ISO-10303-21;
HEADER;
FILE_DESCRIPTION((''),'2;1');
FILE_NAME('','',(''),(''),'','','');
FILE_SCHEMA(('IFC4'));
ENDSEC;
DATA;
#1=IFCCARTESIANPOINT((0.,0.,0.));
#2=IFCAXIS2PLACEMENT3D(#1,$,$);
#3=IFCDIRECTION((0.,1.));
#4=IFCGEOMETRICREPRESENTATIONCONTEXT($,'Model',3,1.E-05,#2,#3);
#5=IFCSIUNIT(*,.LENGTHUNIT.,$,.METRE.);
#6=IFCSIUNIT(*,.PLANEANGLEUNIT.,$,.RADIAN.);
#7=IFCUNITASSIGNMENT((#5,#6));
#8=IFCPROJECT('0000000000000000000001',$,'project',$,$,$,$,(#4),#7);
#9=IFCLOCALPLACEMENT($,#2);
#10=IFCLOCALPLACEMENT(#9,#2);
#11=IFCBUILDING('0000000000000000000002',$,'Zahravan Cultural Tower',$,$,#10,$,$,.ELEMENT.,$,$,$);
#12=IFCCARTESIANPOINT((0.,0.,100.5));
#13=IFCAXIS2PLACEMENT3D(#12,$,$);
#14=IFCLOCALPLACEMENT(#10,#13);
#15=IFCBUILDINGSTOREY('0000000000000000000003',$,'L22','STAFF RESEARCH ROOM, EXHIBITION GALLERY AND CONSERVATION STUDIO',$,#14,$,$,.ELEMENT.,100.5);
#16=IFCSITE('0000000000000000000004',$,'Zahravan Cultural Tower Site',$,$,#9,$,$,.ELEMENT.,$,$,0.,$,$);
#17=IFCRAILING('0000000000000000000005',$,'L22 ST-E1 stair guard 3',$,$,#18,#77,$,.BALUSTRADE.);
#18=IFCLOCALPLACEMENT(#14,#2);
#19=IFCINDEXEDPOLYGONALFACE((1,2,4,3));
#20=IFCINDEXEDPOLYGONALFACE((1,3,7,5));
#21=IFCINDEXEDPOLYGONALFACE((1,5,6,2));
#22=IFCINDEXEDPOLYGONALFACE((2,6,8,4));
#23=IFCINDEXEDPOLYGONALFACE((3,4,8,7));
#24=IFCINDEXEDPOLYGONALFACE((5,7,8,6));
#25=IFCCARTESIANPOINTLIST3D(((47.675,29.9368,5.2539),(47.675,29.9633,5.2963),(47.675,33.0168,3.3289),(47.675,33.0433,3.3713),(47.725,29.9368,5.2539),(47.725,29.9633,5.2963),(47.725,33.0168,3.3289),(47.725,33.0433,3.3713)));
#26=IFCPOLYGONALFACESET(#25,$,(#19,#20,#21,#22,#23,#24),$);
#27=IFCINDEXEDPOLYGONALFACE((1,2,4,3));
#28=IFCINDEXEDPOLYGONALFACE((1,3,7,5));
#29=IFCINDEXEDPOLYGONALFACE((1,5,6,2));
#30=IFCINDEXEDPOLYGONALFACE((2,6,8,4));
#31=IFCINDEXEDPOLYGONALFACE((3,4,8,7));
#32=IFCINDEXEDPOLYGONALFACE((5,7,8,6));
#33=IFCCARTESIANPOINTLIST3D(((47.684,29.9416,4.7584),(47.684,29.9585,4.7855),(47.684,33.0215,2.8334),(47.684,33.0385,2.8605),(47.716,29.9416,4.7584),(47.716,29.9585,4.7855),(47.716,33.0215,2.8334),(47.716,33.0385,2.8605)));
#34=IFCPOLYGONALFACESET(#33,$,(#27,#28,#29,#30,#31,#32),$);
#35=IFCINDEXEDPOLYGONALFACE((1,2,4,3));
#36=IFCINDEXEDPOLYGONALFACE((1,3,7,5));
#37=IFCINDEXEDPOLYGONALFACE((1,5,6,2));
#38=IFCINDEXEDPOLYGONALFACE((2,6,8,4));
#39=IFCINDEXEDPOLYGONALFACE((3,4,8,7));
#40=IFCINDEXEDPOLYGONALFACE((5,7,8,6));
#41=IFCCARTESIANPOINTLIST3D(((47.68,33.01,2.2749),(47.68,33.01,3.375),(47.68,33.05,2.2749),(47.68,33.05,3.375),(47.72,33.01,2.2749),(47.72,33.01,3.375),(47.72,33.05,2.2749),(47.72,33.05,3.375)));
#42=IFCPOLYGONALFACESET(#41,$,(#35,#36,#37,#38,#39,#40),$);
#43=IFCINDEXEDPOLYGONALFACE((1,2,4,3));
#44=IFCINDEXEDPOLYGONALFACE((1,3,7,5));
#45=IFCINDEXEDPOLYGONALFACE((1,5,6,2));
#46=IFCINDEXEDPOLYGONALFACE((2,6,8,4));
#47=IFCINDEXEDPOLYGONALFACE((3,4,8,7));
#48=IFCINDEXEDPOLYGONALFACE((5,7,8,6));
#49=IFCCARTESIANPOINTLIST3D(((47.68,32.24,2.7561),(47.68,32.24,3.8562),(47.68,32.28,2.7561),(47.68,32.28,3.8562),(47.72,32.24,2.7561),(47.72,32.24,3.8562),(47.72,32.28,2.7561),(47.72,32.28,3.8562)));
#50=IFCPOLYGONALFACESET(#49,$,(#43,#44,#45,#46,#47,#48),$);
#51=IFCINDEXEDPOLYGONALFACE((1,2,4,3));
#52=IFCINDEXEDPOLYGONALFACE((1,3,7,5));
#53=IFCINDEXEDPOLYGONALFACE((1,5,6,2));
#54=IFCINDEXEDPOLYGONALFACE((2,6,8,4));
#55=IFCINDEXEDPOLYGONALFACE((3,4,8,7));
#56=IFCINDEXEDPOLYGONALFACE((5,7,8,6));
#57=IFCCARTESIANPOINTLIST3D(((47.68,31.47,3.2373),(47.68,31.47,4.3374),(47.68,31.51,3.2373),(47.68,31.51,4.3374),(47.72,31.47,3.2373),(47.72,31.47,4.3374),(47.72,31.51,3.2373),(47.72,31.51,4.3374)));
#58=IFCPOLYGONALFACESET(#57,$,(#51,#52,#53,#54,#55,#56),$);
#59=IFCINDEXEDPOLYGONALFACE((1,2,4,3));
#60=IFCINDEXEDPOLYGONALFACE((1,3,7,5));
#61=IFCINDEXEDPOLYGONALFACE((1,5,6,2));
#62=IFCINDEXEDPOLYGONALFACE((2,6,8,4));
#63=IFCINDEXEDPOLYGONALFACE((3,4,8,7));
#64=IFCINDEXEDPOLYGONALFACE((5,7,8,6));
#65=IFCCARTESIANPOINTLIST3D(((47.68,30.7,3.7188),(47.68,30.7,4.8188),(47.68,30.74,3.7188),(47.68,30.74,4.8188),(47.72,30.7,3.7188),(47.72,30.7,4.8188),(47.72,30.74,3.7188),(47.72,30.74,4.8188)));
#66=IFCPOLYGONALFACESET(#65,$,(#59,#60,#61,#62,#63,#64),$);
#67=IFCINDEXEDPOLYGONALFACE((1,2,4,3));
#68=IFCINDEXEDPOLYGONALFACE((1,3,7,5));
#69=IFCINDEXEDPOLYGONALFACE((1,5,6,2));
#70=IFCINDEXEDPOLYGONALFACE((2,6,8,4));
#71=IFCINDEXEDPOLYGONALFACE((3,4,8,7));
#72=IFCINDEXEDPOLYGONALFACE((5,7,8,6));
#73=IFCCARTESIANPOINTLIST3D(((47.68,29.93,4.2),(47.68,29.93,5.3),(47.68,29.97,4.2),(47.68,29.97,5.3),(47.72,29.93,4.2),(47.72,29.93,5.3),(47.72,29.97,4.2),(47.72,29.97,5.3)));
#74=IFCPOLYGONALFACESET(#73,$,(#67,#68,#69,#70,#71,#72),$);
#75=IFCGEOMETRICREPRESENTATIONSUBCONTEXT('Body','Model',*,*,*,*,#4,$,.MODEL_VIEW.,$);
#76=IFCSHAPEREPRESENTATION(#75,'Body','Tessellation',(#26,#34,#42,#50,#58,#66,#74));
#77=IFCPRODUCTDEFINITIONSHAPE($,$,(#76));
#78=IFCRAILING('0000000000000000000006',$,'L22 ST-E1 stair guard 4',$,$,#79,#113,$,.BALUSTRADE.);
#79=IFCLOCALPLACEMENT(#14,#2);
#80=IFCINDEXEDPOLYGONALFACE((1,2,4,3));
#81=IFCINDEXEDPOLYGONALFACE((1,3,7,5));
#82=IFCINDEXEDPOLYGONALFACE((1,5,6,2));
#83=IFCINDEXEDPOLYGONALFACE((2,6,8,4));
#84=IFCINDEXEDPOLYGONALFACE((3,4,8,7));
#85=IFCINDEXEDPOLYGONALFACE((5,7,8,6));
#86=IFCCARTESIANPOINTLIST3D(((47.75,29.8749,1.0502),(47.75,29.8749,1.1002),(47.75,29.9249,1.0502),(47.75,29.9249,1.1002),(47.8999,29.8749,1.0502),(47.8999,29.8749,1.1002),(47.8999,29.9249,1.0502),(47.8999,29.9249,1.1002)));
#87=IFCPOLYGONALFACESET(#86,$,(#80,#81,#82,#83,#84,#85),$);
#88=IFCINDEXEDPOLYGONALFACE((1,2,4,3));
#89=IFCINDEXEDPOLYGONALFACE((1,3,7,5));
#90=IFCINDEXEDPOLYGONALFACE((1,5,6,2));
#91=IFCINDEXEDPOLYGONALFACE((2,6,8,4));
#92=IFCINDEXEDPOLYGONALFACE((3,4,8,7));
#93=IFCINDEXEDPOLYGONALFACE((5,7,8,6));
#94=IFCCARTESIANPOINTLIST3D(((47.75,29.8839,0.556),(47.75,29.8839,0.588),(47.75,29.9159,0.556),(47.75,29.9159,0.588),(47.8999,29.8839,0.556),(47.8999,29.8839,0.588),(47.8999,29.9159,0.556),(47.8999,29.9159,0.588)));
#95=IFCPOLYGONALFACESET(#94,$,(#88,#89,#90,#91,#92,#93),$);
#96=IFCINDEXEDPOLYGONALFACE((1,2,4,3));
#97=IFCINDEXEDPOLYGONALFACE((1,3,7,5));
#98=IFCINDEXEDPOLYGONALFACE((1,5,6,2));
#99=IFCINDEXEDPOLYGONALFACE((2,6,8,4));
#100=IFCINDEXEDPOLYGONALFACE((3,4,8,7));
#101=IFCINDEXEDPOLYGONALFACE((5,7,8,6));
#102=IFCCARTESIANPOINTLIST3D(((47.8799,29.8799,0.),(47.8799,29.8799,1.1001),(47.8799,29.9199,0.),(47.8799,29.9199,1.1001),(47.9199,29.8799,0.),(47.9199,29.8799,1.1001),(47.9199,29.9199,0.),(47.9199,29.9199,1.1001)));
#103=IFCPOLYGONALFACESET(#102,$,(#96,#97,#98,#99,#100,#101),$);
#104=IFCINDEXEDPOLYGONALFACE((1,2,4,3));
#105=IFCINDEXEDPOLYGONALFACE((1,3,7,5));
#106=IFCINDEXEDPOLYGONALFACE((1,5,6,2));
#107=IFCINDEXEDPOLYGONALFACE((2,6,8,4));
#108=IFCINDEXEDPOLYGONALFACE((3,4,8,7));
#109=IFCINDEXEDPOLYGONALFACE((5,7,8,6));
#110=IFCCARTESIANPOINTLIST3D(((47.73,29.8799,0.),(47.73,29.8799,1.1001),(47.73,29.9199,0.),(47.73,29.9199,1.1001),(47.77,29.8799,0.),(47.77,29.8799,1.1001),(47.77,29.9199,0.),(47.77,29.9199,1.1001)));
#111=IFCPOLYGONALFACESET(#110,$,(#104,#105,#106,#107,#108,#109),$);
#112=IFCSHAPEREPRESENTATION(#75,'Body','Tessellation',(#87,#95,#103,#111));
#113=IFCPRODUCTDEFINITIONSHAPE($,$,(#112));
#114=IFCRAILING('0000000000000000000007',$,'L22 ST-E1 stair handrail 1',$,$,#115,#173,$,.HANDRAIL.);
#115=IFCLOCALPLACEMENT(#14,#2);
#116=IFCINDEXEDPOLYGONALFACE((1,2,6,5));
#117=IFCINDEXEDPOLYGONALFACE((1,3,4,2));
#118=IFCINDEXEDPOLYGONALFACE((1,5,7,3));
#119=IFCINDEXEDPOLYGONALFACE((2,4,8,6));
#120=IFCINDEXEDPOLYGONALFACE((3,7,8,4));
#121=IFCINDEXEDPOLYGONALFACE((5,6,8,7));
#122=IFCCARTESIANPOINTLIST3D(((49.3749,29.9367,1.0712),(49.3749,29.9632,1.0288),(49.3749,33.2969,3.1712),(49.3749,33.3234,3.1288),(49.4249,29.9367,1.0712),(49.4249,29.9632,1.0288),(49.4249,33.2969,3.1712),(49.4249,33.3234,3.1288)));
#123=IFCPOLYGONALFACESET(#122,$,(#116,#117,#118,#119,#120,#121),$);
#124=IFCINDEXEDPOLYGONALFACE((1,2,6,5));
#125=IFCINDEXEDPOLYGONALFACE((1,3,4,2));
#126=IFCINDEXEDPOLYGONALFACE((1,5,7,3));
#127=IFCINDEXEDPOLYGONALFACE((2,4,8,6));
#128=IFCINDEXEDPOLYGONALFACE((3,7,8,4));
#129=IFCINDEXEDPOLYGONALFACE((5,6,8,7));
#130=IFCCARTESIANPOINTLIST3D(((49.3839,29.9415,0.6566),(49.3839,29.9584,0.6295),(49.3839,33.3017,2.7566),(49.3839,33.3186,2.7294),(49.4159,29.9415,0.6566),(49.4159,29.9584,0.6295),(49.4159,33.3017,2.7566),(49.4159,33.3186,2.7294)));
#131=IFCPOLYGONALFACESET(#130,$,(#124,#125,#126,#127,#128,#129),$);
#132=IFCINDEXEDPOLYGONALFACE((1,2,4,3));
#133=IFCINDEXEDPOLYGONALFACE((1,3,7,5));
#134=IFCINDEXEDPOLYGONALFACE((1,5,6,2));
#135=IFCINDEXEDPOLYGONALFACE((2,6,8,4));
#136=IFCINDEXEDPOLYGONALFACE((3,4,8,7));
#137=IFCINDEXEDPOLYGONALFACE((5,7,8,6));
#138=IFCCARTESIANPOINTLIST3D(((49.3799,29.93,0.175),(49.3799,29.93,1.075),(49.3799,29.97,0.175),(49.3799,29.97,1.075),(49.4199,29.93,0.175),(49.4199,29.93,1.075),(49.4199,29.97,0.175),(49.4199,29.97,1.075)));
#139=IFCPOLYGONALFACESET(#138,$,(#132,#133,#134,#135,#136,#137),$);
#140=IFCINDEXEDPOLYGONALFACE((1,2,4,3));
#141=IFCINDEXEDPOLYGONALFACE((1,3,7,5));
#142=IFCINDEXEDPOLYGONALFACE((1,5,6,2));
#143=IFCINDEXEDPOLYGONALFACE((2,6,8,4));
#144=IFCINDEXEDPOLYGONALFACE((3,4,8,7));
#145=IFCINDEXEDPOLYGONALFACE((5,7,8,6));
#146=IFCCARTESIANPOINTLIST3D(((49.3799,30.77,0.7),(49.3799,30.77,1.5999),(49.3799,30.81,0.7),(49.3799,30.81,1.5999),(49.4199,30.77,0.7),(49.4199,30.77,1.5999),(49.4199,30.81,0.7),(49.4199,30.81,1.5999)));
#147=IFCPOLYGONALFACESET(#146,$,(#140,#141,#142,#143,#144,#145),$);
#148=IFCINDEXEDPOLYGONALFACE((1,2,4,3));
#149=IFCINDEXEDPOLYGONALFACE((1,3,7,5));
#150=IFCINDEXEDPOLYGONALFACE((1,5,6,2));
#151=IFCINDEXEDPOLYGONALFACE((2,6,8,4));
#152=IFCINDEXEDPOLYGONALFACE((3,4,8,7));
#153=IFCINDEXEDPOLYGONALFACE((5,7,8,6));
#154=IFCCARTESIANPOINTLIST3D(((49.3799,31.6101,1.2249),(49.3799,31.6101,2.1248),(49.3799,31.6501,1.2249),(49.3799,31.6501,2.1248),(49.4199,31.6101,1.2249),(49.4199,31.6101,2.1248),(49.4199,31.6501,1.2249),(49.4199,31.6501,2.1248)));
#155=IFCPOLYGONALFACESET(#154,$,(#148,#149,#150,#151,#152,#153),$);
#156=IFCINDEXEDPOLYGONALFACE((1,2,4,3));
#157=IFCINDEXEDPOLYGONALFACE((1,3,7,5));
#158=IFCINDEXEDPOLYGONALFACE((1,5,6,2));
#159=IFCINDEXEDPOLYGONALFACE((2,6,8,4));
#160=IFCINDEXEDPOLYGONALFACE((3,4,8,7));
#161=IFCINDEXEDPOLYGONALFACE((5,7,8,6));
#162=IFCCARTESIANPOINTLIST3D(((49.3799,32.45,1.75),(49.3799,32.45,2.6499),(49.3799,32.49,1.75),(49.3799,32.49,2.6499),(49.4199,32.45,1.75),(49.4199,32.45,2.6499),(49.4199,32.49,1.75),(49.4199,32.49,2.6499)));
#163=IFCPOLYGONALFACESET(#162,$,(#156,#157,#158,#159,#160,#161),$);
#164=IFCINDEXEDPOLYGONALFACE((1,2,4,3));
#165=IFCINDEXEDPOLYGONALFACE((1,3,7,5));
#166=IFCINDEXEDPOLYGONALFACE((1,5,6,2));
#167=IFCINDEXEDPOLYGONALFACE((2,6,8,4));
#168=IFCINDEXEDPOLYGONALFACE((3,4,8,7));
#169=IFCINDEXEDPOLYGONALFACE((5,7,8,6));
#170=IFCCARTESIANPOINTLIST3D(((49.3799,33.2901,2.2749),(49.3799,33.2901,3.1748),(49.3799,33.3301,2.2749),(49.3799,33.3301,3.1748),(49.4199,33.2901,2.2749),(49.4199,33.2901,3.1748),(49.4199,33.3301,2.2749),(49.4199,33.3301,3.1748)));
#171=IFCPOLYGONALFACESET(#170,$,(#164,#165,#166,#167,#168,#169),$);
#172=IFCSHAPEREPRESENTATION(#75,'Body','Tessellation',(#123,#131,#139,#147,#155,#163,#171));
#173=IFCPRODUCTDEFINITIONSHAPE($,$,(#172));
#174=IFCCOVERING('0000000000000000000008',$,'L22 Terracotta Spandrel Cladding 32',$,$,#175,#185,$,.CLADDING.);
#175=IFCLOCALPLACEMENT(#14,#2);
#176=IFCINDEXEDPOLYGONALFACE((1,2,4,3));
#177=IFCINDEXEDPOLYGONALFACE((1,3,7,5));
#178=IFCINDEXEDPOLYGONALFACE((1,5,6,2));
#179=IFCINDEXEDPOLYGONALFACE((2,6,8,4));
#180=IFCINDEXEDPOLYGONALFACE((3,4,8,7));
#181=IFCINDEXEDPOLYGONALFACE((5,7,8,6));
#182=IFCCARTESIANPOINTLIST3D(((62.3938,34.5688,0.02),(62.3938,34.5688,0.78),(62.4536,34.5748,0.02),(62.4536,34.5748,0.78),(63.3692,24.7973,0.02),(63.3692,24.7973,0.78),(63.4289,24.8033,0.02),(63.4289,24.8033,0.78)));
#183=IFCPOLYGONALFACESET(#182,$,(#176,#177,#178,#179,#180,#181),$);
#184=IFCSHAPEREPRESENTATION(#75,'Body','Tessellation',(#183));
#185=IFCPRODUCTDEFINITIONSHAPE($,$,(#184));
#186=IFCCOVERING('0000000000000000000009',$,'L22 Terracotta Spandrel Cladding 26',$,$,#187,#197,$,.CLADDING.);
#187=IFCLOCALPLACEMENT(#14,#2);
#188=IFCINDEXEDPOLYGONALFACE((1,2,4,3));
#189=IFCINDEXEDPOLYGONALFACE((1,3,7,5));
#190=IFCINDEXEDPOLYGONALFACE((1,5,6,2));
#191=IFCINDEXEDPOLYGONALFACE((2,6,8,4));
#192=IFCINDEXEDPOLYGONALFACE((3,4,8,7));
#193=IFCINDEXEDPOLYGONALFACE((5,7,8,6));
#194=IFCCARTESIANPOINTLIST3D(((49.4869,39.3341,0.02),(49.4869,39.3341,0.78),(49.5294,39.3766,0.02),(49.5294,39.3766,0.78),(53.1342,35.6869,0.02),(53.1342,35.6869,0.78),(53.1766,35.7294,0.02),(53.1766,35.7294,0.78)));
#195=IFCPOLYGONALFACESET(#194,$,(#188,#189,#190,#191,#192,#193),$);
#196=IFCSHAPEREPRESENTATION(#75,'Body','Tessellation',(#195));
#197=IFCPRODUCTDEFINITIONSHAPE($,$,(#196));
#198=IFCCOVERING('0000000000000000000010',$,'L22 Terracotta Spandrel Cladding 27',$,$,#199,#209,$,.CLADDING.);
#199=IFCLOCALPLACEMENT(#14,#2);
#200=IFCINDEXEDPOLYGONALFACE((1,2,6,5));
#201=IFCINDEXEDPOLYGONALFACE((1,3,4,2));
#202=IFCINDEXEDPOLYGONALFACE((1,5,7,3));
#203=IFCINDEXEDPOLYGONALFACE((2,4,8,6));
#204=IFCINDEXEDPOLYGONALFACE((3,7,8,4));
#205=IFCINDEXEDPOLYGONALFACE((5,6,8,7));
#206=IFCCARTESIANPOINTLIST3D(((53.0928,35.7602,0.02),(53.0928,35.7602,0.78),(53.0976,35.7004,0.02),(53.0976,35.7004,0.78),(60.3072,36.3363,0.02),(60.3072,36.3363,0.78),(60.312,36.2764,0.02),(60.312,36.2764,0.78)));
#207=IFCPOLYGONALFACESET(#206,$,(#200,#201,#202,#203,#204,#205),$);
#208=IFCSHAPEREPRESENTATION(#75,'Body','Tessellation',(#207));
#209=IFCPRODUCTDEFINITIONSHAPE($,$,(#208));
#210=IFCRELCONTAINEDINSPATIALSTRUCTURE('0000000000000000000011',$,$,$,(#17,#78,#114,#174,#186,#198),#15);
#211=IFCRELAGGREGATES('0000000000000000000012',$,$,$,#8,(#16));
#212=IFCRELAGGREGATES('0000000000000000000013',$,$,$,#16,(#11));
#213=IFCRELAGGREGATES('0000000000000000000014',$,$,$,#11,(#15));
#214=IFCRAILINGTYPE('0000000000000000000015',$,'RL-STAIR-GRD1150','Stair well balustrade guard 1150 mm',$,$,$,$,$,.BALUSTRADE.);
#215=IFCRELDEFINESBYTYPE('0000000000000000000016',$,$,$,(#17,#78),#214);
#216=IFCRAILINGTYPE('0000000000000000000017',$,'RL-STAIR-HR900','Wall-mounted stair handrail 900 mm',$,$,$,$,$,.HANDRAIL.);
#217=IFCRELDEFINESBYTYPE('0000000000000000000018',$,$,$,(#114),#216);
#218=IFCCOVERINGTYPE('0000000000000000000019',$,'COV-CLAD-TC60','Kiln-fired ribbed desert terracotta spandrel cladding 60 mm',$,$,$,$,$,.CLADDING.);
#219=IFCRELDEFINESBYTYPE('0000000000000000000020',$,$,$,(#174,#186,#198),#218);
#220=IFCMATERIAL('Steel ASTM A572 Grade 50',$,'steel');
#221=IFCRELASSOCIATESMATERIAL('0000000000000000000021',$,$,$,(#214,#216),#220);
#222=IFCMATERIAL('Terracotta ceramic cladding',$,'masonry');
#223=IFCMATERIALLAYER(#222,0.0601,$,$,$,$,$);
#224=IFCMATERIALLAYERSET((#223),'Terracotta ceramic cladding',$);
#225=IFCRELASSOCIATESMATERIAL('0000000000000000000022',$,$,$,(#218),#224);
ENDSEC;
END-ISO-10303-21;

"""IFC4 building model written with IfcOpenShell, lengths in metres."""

from ifc_helpers import new_model, si_unit, direction, frame, origin, origin_2d, place, context, subcontext, project, spatial, rectangle, extrude, source, transform, mapped, material, layer, layer_set, type_object, element, save


model = new_model("IFC4")

# Units and contexts
model_context = context("Model", 3, precision=1e-05, world=origin(), true_north=direction((0.0, 1.0)))
body_context = subcontext(model_context, "Body", "Model", "MODEL_VIEW")
ifc_project = project(units=[si_unit("LENGTHUNIT", "METRE"), si_unit("PLANEANGLEUNIT", "RADIAN")], contexts=[model_context])

# Site, building, storey
site_placement = place(None, origin())
site = spatial("IfcSite", under=ifc_project, at=site_placement, Name="Zahravan Cultural Tower Site", CompositionType="ELEMENT", RefElevation=0.0)
building_placement = place(site_placement, origin())
building = spatial("IfcBuilding", under=site, at=building_placement, Name="Zahravan Cultural Tower", CompositionType="ELEMENT")
storey_placement = place(building_placement, frame((0.0, 0.0, 100.5)))
storey = spatial("IfcBuildingStorey", under=building, at=storey_placement, Name="L22", Description="STAFF RESEARCH ROOM, EXHIBITION GALLERY AND CONSERVATION STUDIO", CompositionType="ELEMENT", Elevation=100.5)

# Railings
ifc_material_1 = material(Name="Steel ASTM A572 Grade 50", Category="steel")
railing_type_1 = type_object("IfcRailingType", Name="RL-STAIR-GRD1150", Description="Stair well balustrade guard 1150 mm", PredefinedType="BALUSTRADE", material=ifc_material_1)
railing_1_placement = place(storey_placement, frame((47.7, 33.03, 2.2749)))
element("IfcRailing", 1, at=railing_1_placement, inside=storey, type_object=railing_type_1, Name="L22 ST-E1 stair guard 3", PredefinedType="BALUSTRADE", context=body_context, shape_type="SweptSolid", body=[
    extrude(rectangle(XDim=0.05, YDim=0.05, at=origin_2d()), frame((0.0, 0.0, 1.0752), z_axis=(0.0, -0.847998, 0.529999), x_axis=(1.0, 0.0, 0.0)), (0.0, 0.0, 1.0), 3.6321),
    extrude(rectangle(XDim=0.032, YDim=0.032, at=origin_2d()), frame((0.0, 0.0, 0.572), z_axis=(0.0, -0.847998, 0.529999), x_axis=(1.0, 0.0, 0.0)), (0.0, 0.0, 1.0), 3.6321),
    extrude(rectangle(XDim=0.04, YDim=0.04, at=origin_2d()), origin(), (0.0, 0.0, 1.0), 1.1001),
    extrude(rectangle(XDim=0.04, YDim=0.04, at=origin_2d()), frame((0.0, -0.77, 0.4812)), (0.0, 0.0, 1.0), 1.1001),
    extrude(rectangle(XDim=0.04, YDim=0.04, at=origin_2d()), frame((0.0, -1.54, 0.9624)), (0.0, 0.0, 1.0), 1.1001),
    extrude(rectangle(XDim=0.04, YDim=0.04, at=origin_2d()), frame((0.0, -2.3101, 1.4438)), (0.0, 0.0, 1.0), 1.1001),
    extrude(rectangle(XDim=0.04, YDim=0.04, at=origin_2d()), frame((0.0, -3.0801, 1.925)), (0.0, 0.0, 1.0), 1.1001),
])
railing_2_placement = place(storey_placement, frame((47.8999, 29.8999, 0.0)))
element("IfcRailing", 2, at=railing_2_placement, inside=storey, type_object=railing_type_1, Name="L22 ST-E1 stair guard 4", PredefinedType="BALUSTRADE", context=body_context, shape_type="SweptSolid", body=[
    extrude(rectangle(XDim=0.05, YDim=0.05, at=origin_2d()), frame((0.0, 0.0, 1.0752), z_axis=(-1.0, 0.0, 0.0), x_axis=(0.0, -1.0, 0.0)), (0.0, 0.0, 1.0), 0.1499),
    extrude(rectangle(XDim=0.032, YDim=0.032, at=origin_2d()), frame((0.0, 0.0, 0.572), z_axis=(-1.0, 0.0, 0.0), x_axis=(0.0, -1.0, 0.0)), (0.0, 0.0, 1.0), 0.1499),
    extrude(rectangle(XDim=0.04, YDim=0.04, at=origin_2d()), origin(), (0.0, 0.0, 1.0), 1.1001),
    extrude(rectangle(XDim=0.04, YDim=0.04, at=origin_2d()), frame((-0.1499, 0.0, 0.0)), (0.0, 0.0, 1.0), 1.1001),
])
railing_type_2 = type_object("IfcRailingType", Name="RL-STAIR-HR900", Description="Wall-mounted stair handrail 900 mm", PredefinedType="HANDRAIL", material=ifc_material_1)
railing_3_placement = place(storey_placement, frame((49.3999, 29.95, 0.175)))
element("IfcRailing", 3, at=railing_3_placement, inside=storey, type_object=railing_type_2, Name="L22 ST-E1 stair handrail 1", PredefinedType="HANDRAIL", context=body_context, shape_type="SweptSolid", body=[
    extrude(rectangle(XDim=0.05, YDim=0.05, at=origin_2d()), frame((0.0, 0.0, 0.875), z_axis=(0.0, 0.848023, 0.52996), x_axis=(-1.0, 0.0, 0.0)), (0.0, 0.0, 1.0), 3.9624),
    extrude(rectangle(XDim=0.032, YDim=0.032, at=origin_2d()), frame((0.0, 0.0, 0.468), z_axis=(0.0, 0.848023, 0.52996), x_axis=(-1.0, 0.0, 0.0)), (0.0, 0.0, 1.0), 3.9624),
    extrude(rectangle(XDim=0.04, YDim=0.04, at=origin_2d()), origin(), (0.0, 0.0, 1.0), 0.8999),
    extrude(rectangle(XDim=0.04, YDim=0.04, at=origin_2d()), frame((0.0, 0.8401, 0.5249)), (0.0, 0.0, 1.0), 0.8999),
    extrude(rectangle(XDim=0.04, YDim=0.04, at=origin_2d()), frame((0.0, 1.6802, 1.0498)), (0.0, 0.0, 1.0), 0.8999),
    extrude(rectangle(XDim=0.04, YDim=0.04, at=origin_2d()), frame((0.0, 2.52, 1.575)), (0.0, 0.0, 1.0), 0.8999),
    extrude(rectangle(XDim=0.04, YDim=0.04, at=origin_2d()), frame((0.0, 3.3601, 2.0999)), (0.0, 0.0, 1.0), 0.8999),
])

# Coverings
ifc_material_2 = material(Name="Terracotta ceramic cladding", Category="masonry")
ifc_layer_1 = layer(ifc_material_2, 0.0601)
ifc_layer_set_1 = layer_set([ifc_layer_1], Name="Terracotta ceramic cladding")
covering_type = type_object("IfcCoveringType", Name="COV-CLAD-TC60", Description="Kiln-fired ribbed desert terracotta spandrel cladding 60 mm", PredefinedType="CLADDING", material=ifc_layer_set_1)
shared_shape_1 = source(origin(), body_context, "Body", "SweptSolid", [
    extrude(rectangle(XDim=9.8201, YDim=0.0601, at=origin_2d()), origin(), (0.0, 0.0, 1.0), 0.76),
])
covering_1_placement = place(storey_placement, frame((62.9114, 29.686, 0.02), z_axis=(0.0, 0.0, 1.0), x_axis=(0.09932, -0.995056, 0.0)))
element("IfcCovering", 4, at=covering_1_placement, inside=storey, type_object=covering_type, Name="L22 Terracotta Spandrel Cladding 32", PredefinedType="CLADDING", context=body_context, shape_type="MappedRepresentation", body=[
    mapped(shared_shape_1, transform((0.0, 0.0, 0.0), x_axis=(1.0, 0.0, 0.0), y_axis=(0.0, 1.0, 0.0), z_axis=(0.0, 0.0, 1.0), scale=1.0)),
])
shared_shape_2 = source(origin(), body_context, "Body", "SweptSolid", [
    extrude(rectangle(XDim=5.158, YDim=0.0601, at=origin_2d()), origin(), (0.0, 0.0, 1.0), 0.76),
])
covering_2_placement = place(storey_placement, frame((51.3318, 37.5317, 0.02), z_axis=(0.0, 0.0, 1.0), x_axis=(0.707107, -0.707107, 0.0)))
element("IfcCovering", 5, at=covering_2_placement, inside=storey, type_object=covering_type, Name="L22 Terracotta Spandrel Cladding 26", PredefinedType="CLADDING", context=body_context, shape_type="MappedRepresentation", body=[
    mapped(shared_shape_2, transform((0.0, 0.0, 0.0), x_axis=(1.0, 0.0, 0.0), y_axis=(0.0, 1.0, 0.0), z_axis=(0.0, 0.0, 1.0), scale=1.0)),
])
shared_shape_3 = source(origin(), body_context, "Body", "SweptSolid", [
    extrude(rectangle(XDim=7.2373, YDim=0.0601, at=origin_2d()), origin(), (0.0, 0.0, 1.0), 0.76),
])
covering_3_placement = place(storey_placement, frame((56.7024, 36.0183, 0.02), z_axis=(0.0, 0.0, 1.0), x_axis=(0.996828, 0.07959, 0.0)))
element("IfcCovering", 6, at=covering_3_placement, inside=storey, type_object=covering_type, Name="L22 Terracotta Spandrel Cladding 27", PredefinedType="CLADDING", context=body_context, shape_type="MappedRepresentation", body=[
    mapped(shared_shape_3, transform((0.0, 0.0, 0.0), x_axis=(1.0, 0.0, 0.0), y_axis=(0.0, 1.0, 0.0), z_axis=(0.0, 0.0, 1.0), scale=1.0)),
])

save(model, "model.ifc")
